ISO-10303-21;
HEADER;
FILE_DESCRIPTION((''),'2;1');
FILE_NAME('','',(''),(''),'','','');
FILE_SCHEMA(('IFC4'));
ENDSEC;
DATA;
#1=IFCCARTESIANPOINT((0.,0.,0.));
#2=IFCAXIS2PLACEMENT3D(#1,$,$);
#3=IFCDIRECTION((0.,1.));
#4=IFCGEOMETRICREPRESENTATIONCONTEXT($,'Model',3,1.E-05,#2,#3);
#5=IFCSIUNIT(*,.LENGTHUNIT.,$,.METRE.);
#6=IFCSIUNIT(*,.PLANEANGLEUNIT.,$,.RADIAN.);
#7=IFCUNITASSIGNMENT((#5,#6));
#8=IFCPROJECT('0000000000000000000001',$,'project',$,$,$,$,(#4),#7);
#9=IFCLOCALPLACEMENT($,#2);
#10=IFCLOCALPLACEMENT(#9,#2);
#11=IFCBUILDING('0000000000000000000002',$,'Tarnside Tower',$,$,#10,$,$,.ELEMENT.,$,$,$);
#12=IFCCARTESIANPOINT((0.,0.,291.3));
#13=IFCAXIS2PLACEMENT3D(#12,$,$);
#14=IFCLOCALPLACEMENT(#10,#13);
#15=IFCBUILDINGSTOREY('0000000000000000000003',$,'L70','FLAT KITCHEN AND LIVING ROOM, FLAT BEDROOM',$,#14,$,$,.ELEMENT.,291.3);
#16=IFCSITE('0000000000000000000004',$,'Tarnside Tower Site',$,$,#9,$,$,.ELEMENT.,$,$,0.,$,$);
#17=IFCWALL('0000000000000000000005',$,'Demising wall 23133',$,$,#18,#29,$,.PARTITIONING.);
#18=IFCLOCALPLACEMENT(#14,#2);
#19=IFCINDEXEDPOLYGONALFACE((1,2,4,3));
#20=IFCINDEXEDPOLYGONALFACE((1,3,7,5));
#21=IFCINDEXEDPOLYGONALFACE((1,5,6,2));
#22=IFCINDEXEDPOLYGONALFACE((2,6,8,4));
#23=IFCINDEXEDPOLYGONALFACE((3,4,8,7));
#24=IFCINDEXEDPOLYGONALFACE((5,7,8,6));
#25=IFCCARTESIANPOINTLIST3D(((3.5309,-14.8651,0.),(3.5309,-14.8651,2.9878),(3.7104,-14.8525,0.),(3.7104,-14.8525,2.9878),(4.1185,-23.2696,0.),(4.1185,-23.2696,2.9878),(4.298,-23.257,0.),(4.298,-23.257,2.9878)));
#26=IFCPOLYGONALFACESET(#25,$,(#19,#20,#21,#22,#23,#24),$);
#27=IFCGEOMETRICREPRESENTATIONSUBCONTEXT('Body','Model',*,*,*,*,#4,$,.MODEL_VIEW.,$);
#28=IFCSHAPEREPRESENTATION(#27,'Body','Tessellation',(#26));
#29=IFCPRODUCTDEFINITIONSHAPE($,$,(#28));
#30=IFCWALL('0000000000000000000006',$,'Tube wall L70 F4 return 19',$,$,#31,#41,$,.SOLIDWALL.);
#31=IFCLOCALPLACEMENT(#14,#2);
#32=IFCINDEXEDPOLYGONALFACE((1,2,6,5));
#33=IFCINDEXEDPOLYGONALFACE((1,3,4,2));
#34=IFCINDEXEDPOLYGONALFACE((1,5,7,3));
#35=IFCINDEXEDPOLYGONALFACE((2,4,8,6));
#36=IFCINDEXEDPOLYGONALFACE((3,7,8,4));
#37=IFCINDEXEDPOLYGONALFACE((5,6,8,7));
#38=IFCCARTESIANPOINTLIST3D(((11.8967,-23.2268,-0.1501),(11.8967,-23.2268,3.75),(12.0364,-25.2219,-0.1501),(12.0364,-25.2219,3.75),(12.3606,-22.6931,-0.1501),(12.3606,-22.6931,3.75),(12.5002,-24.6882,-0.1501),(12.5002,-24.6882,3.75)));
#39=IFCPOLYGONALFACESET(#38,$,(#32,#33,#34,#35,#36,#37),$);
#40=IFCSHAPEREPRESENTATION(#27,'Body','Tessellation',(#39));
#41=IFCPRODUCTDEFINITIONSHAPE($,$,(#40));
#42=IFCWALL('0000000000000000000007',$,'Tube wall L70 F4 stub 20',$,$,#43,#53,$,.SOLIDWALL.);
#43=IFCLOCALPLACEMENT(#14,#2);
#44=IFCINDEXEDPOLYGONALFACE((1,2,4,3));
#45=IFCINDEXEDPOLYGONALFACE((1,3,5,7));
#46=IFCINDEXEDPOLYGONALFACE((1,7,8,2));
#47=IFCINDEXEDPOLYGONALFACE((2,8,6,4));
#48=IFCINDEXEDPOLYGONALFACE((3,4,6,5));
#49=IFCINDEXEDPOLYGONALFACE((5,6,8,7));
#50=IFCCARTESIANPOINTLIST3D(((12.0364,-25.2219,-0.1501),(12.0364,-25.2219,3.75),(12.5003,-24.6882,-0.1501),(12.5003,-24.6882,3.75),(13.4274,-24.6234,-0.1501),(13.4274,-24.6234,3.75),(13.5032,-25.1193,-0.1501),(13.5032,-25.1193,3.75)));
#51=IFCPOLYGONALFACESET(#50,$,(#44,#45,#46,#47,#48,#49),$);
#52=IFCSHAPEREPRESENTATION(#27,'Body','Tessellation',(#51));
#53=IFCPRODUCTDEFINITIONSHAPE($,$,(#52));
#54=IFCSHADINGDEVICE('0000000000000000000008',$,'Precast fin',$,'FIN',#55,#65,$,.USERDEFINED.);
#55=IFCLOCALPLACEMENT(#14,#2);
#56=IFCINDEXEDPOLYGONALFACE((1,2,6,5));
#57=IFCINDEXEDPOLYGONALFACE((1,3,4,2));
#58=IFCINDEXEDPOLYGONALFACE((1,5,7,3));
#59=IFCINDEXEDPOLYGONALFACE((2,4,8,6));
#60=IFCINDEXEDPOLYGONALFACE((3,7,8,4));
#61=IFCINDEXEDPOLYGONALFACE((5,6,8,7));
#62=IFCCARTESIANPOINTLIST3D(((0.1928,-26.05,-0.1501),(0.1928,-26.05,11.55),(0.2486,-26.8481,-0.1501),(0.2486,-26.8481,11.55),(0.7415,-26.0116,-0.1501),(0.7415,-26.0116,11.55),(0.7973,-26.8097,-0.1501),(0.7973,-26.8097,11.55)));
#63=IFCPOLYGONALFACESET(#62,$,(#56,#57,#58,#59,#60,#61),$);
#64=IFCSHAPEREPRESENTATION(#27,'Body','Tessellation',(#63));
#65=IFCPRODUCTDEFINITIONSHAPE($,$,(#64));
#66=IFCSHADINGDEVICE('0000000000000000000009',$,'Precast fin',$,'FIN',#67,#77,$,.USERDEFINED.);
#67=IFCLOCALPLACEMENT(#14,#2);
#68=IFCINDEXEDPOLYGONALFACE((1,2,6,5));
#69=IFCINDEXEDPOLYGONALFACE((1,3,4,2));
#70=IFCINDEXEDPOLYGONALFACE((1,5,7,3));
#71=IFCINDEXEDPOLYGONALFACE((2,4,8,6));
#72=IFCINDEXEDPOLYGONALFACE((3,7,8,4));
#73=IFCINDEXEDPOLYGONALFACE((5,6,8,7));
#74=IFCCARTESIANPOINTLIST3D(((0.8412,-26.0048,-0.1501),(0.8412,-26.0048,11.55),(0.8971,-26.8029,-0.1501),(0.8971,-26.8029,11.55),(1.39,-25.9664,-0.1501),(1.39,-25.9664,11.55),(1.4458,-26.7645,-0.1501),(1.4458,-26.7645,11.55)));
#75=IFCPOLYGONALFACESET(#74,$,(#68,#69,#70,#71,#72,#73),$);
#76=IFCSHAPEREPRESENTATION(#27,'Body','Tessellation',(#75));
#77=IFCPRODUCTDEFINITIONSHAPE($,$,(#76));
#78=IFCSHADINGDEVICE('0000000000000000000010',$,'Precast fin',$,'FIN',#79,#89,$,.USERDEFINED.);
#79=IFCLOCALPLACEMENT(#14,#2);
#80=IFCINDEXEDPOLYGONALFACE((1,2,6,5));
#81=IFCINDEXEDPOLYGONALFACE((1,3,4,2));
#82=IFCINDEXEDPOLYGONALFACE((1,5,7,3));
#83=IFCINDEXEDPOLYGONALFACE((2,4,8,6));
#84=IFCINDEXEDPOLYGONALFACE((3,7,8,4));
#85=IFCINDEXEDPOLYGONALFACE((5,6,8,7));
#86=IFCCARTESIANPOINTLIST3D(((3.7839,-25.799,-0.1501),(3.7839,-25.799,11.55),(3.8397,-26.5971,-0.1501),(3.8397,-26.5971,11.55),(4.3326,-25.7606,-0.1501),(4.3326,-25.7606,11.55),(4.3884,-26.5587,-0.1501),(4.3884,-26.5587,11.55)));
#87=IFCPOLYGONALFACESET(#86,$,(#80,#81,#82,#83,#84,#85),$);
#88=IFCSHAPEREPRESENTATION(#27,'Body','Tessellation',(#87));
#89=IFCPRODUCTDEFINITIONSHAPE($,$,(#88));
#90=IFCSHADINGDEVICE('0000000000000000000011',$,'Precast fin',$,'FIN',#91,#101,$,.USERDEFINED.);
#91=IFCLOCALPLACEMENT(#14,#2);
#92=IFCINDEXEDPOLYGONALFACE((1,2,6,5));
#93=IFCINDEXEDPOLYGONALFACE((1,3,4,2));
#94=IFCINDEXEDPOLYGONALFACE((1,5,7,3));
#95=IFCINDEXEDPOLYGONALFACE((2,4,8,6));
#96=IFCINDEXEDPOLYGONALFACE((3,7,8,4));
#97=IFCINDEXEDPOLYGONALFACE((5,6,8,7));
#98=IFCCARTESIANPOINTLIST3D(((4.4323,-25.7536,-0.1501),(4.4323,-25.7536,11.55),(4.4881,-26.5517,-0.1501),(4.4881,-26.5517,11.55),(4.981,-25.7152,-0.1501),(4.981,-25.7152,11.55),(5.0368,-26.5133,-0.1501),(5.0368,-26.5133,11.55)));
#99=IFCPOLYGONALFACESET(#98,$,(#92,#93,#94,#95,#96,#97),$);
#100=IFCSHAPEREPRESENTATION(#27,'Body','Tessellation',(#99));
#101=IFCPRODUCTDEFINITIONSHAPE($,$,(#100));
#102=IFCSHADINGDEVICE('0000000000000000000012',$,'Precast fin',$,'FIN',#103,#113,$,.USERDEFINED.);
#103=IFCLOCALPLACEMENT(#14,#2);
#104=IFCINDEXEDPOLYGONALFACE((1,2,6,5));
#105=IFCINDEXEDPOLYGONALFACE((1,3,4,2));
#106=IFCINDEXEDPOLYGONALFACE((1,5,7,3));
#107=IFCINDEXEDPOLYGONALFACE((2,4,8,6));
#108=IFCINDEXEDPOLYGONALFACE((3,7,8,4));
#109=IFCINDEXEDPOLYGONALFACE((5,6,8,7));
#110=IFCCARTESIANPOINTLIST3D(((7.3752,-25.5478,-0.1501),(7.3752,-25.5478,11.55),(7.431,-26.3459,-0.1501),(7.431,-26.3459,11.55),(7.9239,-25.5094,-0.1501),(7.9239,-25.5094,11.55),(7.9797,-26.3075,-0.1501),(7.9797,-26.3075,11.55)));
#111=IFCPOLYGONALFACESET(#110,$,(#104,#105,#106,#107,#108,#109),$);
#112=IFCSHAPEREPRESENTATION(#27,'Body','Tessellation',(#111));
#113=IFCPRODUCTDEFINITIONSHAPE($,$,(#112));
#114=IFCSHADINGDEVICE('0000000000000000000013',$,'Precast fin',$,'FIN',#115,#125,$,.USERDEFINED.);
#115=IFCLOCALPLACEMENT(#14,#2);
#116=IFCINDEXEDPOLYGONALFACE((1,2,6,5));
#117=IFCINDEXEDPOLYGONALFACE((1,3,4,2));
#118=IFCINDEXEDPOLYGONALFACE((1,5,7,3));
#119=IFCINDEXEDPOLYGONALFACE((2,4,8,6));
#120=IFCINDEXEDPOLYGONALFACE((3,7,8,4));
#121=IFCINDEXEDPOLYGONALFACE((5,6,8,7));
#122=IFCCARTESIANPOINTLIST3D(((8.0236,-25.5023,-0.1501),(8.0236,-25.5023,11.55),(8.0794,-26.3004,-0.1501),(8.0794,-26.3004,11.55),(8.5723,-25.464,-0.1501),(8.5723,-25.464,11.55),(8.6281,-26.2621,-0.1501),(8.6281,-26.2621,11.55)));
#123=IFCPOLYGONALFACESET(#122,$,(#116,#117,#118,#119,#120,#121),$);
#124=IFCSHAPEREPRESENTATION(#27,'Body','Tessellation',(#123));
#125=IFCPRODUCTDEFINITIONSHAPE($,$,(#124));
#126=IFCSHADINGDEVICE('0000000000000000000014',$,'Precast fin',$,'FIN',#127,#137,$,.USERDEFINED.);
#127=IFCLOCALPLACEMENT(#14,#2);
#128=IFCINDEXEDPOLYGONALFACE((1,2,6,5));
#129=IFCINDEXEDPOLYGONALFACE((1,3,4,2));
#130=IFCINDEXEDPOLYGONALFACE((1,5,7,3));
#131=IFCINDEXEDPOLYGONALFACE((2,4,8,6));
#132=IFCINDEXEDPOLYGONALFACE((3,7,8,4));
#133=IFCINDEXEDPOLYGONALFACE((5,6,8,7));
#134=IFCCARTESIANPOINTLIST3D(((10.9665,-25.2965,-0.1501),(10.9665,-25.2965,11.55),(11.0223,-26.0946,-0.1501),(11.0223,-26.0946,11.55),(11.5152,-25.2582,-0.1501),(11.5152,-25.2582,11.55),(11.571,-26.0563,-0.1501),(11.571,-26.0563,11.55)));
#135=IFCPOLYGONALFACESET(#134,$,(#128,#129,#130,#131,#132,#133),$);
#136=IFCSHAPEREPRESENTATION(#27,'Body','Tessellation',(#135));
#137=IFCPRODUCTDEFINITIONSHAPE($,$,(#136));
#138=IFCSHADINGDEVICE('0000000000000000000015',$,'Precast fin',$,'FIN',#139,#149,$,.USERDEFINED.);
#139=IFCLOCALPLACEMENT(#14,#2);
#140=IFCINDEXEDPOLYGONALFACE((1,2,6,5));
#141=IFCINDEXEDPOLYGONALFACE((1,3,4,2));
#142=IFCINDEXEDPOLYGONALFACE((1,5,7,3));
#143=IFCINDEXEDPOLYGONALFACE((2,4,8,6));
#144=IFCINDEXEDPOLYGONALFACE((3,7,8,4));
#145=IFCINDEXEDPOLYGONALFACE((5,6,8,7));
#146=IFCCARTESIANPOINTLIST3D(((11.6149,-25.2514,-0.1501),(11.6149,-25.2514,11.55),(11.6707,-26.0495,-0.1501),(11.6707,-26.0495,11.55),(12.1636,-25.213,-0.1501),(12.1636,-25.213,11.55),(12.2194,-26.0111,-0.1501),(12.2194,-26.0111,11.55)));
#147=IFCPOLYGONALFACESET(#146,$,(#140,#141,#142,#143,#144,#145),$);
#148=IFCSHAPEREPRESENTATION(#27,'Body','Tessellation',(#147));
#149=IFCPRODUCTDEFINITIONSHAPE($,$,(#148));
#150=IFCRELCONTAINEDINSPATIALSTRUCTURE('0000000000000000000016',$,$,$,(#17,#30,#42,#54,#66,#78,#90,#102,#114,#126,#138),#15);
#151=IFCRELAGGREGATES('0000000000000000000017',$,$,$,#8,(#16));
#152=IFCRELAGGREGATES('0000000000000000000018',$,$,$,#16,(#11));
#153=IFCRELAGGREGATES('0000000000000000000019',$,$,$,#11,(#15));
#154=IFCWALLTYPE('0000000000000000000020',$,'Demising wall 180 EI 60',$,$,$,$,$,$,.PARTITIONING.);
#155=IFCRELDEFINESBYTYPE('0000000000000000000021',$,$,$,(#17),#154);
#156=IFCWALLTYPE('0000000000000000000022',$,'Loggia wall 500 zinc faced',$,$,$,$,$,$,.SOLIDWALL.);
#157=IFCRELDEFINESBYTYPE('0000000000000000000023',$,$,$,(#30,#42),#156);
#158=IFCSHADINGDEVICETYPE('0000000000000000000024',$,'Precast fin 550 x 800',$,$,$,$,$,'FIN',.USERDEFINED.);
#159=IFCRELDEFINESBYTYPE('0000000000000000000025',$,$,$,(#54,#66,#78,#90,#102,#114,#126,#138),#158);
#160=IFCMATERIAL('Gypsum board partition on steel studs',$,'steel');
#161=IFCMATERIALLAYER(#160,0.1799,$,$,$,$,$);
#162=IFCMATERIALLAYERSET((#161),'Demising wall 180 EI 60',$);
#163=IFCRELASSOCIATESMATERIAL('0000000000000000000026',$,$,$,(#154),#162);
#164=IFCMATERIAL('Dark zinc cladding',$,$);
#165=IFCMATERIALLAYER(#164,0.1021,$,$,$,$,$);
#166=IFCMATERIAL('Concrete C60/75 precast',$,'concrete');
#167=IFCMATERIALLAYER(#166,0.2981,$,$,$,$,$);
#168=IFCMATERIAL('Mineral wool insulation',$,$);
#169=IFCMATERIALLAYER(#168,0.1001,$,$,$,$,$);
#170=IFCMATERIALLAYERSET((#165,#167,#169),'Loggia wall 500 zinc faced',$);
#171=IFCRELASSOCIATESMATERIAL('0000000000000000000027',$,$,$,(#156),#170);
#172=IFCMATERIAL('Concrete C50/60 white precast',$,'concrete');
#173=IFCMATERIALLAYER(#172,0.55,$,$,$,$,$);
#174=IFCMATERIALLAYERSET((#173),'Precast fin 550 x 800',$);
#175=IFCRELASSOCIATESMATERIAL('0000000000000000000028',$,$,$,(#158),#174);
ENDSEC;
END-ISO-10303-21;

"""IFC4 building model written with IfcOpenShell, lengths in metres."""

from ifc_helpers import new_model, si_unit, direction, frame, frame_2d, origin, place, context, subcontext, project, spatial, polyline, rectangle, outline, extrude, material, layer, layer_set, type_object, element, save


model = new_model("IFC4")

# Units and contexts
model_context = context("Model", 3, precision=1e-05, world=origin(), true_north=direction((0.0, 1.0)))
body_context = subcontext(model_context, "Body", "Model", "MODEL_VIEW")
ifc_project = project(units=[si_unit("LENGTHUNIT", "METRE"), si_unit("PLANEANGLEUNIT", "RADIAN")], contexts=[model_context])

# Site, building, storey
site_placement = place(None, origin())
site = spatial("IfcSite", under=ifc_project, at=site_placement, Name="Tarnside Tower Site", CompositionType="ELEMENT", RefElevation=0.0)
building_placement = place(site_placement, origin())
building = spatial("IfcBuilding", under=site, at=building_placement, Name="Tarnside Tower", CompositionType="ELEMENT")
storey_placement = place(building_placement, frame((0.0, 0.0, 291.3)))
storey = spatial("IfcBuildingStorey", under=building, at=storey_placement, Name="L70", Description="FLAT KITCHEN AND LIVING ROOM, FLAT BEDROOM", CompositionType="ELEMENT", Elevation=291.3)

# Shared definitions
ifc_material_1 = material(Name="Gypsum board partition on steel studs", Category="steel")

# Walls
ifc_layer_1 = layer(ifc_material_1, 0.1799)
ifc_layer_set_1 = layer_set([ifc_layer_1], Name="Demising wall 180 EI 60")
wall_type_1 = type_object("IfcWallType", Name="Demising wall 180 EI 60", PredefinedType="PARTITIONING", material=ifc_layer_set_1)
wall_1_placement = place(storey_placement, frame((4.2083, -23.2632, 0.0), z_axis=(0.0, 0.0, 1.0), x_axis=(-0.06975, 0.997565, 0.0)))
element("IfcWall", 1, at=wall_1_placement, inside=storey, type_object=wall_type_1, Name="Demising wall 23133", PredefinedType="PARTITIONING", context=body_context, shape_type="SweptSolid", body=[
    extrude(rectangle(XDim=8.425, YDim=0.1799, at=frame_2d((4.2124, 0.0))), origin(), (0.0, 0.0, 1.0), 2.9878),
])
ifc_material_2 = material(Name="Dark zinc cladding")
ifc_layer_2 = layer(ifc_material_2, 0.1021)
ifc_material_3 = material(Name="Concrete C60/75 precast", Category="concrete")
ifc_layer_3 = layer(ifc_material_3, 0.2981)
ifc_material_4 = material(Name="Mineral wool insulation")
ifc_layer_4 = layer(ifc_material_4, 0.1001)
ifc_layer_set_2 = layer_set([ifc_layer_2, ifc_layer_3, ifc_layer_4], Name="Loggia wall 500 zinc faced")
wall_type_2 = type_object("IfcWallType", Name="Loggia wall 500 zinc faced", PredefinedType="SOLIDWALL", material=ifc_layer_set_2)
wall_2_placement = place(storey_placement, frame((12.1287, -22.96, -0.1501), z_axis=(0.0, 0.0, 1.0), x_axis=(0.069824, -0.997559, 0.0)))
element("IfcWall", 2, at=wall_2_placement, inside=storey, type_object=wall_type_2, Name="Tube wall L70 F4 return 19", PredefinedType="SOLIDWALL", context=body_context, shape_type="SweptSolid", body=[
    extrude(outline(polyline([(0.25, -0.25), (2.25, -0.25), (1.75, 0.25), (-0.25, 0.25), (0.25, -0.25)])), origin(), (0.0, 0.0, 1.0), 3.9001),
])
wall_3_placement = place(storey_placement, frame((12.2683, -24.9551, -0.1501), z_axis=(0.0, 0.0, 1.0), x_axis=(0.997562, 0.069787, 0.0)))
element("IfcWall", 3, at=wall_3_placement, inside=storey, type_object=wall_type_2, Name="Tube wall L70 F4 stub 20", PredefinedType="SOLIDWALL", context=body_context, shape_type="SweptSolid", body=[
    extrude(outline(polyline([(-0.25, -0.25), (1.2205, -0.25), (1.1794, 0.25), (0.25, 0.25), (-0.25, -0.25)])), origin(), (0.0, 0.0, 1.0), 3.9001),
])

# Shading devices
ifc_material_5 = material(Name="Concrete C50/60 white precast", Category="concrete")
ifc_layer_5 = layer(ifc_material_5, 0.55)
ifc_layer_set_3 = layer_set([ifc_layer_5], Name="Precast fin 550 x 800")
shading_device_type = type_object("IfcShadingDeviceType", Name="Precast fin 550 x 800", ElementType="FIN", PredefinedType="USERDEFINED", material=ifc_layer_set_3)
for number, where, z_axis, x_axis, name in (
    (4, (0.4673, -26.0308, -0.1501), (-0.997564, -0.069756, 0.0), (0.069756, -0.997564, 0.0), "Precast fin"),
    (5, (1.1157, -25.9856, -0.1501), (-0.997564, -0.069756, 0.0), (0.069756, -0.997564, 0.0), "Precast fin"),
    (6, (4.0583, -25.7798, -0.1501), (-0.997564, -0.069756, 0.0), (0.069756, -0.997564, 0.0), "Precast fin"),
    (7, (4.7068, -25.7344, -0.1501), (-0.997564, -0.069756, 0.0), (0.069756, -0.997564, 0.0), "Precast fin"),
    (8, (7.6497, -25.5286, -0.1501), (-0.997564, -0.069756, 0.0), (0.069756, -0.997564, 0.0), "Precast fin"),
    (9, (8.2981, -25.4832, -0.1501), (-0.997564, -0.069756, 0.0), (0.069756, -0.997564, 0.0), "Precast fin"),
    (10, (11.241, -25.2773, -0.1501), (-0.997564, -0.069756, 0.0), (0.069756, -0.997564, 0.0), "Precast fin"),
    (11, (11.8894, -25.2322, -0.1501), (-0.997564, -0.069756, 0.0), (0.069756, -0.997564, 0.0), "Precast fin"),
):
    element("IfcShadingDevice", number, at=place(storey_placement, frame(where, z_axis=z_axis, x_axis=x_axis)), inside=storey, type_object=shading_device_type, Name=name, ObjectType="FIN", PredefinedType="USERDEFINED", context=body_context, shape_type="SweptSolid", body=[
        extrude(outline(polyline([(0.0, 0.0), (0.8, 0.0), (0.8, 11.7002), (0.0, 11.7002), (0.0, 0.0)])), frame((0.0, 0.0, -0.2749)), (0.0, 0.0, 1.0), 0.55),
    ])

save(model, "model.ifc")
